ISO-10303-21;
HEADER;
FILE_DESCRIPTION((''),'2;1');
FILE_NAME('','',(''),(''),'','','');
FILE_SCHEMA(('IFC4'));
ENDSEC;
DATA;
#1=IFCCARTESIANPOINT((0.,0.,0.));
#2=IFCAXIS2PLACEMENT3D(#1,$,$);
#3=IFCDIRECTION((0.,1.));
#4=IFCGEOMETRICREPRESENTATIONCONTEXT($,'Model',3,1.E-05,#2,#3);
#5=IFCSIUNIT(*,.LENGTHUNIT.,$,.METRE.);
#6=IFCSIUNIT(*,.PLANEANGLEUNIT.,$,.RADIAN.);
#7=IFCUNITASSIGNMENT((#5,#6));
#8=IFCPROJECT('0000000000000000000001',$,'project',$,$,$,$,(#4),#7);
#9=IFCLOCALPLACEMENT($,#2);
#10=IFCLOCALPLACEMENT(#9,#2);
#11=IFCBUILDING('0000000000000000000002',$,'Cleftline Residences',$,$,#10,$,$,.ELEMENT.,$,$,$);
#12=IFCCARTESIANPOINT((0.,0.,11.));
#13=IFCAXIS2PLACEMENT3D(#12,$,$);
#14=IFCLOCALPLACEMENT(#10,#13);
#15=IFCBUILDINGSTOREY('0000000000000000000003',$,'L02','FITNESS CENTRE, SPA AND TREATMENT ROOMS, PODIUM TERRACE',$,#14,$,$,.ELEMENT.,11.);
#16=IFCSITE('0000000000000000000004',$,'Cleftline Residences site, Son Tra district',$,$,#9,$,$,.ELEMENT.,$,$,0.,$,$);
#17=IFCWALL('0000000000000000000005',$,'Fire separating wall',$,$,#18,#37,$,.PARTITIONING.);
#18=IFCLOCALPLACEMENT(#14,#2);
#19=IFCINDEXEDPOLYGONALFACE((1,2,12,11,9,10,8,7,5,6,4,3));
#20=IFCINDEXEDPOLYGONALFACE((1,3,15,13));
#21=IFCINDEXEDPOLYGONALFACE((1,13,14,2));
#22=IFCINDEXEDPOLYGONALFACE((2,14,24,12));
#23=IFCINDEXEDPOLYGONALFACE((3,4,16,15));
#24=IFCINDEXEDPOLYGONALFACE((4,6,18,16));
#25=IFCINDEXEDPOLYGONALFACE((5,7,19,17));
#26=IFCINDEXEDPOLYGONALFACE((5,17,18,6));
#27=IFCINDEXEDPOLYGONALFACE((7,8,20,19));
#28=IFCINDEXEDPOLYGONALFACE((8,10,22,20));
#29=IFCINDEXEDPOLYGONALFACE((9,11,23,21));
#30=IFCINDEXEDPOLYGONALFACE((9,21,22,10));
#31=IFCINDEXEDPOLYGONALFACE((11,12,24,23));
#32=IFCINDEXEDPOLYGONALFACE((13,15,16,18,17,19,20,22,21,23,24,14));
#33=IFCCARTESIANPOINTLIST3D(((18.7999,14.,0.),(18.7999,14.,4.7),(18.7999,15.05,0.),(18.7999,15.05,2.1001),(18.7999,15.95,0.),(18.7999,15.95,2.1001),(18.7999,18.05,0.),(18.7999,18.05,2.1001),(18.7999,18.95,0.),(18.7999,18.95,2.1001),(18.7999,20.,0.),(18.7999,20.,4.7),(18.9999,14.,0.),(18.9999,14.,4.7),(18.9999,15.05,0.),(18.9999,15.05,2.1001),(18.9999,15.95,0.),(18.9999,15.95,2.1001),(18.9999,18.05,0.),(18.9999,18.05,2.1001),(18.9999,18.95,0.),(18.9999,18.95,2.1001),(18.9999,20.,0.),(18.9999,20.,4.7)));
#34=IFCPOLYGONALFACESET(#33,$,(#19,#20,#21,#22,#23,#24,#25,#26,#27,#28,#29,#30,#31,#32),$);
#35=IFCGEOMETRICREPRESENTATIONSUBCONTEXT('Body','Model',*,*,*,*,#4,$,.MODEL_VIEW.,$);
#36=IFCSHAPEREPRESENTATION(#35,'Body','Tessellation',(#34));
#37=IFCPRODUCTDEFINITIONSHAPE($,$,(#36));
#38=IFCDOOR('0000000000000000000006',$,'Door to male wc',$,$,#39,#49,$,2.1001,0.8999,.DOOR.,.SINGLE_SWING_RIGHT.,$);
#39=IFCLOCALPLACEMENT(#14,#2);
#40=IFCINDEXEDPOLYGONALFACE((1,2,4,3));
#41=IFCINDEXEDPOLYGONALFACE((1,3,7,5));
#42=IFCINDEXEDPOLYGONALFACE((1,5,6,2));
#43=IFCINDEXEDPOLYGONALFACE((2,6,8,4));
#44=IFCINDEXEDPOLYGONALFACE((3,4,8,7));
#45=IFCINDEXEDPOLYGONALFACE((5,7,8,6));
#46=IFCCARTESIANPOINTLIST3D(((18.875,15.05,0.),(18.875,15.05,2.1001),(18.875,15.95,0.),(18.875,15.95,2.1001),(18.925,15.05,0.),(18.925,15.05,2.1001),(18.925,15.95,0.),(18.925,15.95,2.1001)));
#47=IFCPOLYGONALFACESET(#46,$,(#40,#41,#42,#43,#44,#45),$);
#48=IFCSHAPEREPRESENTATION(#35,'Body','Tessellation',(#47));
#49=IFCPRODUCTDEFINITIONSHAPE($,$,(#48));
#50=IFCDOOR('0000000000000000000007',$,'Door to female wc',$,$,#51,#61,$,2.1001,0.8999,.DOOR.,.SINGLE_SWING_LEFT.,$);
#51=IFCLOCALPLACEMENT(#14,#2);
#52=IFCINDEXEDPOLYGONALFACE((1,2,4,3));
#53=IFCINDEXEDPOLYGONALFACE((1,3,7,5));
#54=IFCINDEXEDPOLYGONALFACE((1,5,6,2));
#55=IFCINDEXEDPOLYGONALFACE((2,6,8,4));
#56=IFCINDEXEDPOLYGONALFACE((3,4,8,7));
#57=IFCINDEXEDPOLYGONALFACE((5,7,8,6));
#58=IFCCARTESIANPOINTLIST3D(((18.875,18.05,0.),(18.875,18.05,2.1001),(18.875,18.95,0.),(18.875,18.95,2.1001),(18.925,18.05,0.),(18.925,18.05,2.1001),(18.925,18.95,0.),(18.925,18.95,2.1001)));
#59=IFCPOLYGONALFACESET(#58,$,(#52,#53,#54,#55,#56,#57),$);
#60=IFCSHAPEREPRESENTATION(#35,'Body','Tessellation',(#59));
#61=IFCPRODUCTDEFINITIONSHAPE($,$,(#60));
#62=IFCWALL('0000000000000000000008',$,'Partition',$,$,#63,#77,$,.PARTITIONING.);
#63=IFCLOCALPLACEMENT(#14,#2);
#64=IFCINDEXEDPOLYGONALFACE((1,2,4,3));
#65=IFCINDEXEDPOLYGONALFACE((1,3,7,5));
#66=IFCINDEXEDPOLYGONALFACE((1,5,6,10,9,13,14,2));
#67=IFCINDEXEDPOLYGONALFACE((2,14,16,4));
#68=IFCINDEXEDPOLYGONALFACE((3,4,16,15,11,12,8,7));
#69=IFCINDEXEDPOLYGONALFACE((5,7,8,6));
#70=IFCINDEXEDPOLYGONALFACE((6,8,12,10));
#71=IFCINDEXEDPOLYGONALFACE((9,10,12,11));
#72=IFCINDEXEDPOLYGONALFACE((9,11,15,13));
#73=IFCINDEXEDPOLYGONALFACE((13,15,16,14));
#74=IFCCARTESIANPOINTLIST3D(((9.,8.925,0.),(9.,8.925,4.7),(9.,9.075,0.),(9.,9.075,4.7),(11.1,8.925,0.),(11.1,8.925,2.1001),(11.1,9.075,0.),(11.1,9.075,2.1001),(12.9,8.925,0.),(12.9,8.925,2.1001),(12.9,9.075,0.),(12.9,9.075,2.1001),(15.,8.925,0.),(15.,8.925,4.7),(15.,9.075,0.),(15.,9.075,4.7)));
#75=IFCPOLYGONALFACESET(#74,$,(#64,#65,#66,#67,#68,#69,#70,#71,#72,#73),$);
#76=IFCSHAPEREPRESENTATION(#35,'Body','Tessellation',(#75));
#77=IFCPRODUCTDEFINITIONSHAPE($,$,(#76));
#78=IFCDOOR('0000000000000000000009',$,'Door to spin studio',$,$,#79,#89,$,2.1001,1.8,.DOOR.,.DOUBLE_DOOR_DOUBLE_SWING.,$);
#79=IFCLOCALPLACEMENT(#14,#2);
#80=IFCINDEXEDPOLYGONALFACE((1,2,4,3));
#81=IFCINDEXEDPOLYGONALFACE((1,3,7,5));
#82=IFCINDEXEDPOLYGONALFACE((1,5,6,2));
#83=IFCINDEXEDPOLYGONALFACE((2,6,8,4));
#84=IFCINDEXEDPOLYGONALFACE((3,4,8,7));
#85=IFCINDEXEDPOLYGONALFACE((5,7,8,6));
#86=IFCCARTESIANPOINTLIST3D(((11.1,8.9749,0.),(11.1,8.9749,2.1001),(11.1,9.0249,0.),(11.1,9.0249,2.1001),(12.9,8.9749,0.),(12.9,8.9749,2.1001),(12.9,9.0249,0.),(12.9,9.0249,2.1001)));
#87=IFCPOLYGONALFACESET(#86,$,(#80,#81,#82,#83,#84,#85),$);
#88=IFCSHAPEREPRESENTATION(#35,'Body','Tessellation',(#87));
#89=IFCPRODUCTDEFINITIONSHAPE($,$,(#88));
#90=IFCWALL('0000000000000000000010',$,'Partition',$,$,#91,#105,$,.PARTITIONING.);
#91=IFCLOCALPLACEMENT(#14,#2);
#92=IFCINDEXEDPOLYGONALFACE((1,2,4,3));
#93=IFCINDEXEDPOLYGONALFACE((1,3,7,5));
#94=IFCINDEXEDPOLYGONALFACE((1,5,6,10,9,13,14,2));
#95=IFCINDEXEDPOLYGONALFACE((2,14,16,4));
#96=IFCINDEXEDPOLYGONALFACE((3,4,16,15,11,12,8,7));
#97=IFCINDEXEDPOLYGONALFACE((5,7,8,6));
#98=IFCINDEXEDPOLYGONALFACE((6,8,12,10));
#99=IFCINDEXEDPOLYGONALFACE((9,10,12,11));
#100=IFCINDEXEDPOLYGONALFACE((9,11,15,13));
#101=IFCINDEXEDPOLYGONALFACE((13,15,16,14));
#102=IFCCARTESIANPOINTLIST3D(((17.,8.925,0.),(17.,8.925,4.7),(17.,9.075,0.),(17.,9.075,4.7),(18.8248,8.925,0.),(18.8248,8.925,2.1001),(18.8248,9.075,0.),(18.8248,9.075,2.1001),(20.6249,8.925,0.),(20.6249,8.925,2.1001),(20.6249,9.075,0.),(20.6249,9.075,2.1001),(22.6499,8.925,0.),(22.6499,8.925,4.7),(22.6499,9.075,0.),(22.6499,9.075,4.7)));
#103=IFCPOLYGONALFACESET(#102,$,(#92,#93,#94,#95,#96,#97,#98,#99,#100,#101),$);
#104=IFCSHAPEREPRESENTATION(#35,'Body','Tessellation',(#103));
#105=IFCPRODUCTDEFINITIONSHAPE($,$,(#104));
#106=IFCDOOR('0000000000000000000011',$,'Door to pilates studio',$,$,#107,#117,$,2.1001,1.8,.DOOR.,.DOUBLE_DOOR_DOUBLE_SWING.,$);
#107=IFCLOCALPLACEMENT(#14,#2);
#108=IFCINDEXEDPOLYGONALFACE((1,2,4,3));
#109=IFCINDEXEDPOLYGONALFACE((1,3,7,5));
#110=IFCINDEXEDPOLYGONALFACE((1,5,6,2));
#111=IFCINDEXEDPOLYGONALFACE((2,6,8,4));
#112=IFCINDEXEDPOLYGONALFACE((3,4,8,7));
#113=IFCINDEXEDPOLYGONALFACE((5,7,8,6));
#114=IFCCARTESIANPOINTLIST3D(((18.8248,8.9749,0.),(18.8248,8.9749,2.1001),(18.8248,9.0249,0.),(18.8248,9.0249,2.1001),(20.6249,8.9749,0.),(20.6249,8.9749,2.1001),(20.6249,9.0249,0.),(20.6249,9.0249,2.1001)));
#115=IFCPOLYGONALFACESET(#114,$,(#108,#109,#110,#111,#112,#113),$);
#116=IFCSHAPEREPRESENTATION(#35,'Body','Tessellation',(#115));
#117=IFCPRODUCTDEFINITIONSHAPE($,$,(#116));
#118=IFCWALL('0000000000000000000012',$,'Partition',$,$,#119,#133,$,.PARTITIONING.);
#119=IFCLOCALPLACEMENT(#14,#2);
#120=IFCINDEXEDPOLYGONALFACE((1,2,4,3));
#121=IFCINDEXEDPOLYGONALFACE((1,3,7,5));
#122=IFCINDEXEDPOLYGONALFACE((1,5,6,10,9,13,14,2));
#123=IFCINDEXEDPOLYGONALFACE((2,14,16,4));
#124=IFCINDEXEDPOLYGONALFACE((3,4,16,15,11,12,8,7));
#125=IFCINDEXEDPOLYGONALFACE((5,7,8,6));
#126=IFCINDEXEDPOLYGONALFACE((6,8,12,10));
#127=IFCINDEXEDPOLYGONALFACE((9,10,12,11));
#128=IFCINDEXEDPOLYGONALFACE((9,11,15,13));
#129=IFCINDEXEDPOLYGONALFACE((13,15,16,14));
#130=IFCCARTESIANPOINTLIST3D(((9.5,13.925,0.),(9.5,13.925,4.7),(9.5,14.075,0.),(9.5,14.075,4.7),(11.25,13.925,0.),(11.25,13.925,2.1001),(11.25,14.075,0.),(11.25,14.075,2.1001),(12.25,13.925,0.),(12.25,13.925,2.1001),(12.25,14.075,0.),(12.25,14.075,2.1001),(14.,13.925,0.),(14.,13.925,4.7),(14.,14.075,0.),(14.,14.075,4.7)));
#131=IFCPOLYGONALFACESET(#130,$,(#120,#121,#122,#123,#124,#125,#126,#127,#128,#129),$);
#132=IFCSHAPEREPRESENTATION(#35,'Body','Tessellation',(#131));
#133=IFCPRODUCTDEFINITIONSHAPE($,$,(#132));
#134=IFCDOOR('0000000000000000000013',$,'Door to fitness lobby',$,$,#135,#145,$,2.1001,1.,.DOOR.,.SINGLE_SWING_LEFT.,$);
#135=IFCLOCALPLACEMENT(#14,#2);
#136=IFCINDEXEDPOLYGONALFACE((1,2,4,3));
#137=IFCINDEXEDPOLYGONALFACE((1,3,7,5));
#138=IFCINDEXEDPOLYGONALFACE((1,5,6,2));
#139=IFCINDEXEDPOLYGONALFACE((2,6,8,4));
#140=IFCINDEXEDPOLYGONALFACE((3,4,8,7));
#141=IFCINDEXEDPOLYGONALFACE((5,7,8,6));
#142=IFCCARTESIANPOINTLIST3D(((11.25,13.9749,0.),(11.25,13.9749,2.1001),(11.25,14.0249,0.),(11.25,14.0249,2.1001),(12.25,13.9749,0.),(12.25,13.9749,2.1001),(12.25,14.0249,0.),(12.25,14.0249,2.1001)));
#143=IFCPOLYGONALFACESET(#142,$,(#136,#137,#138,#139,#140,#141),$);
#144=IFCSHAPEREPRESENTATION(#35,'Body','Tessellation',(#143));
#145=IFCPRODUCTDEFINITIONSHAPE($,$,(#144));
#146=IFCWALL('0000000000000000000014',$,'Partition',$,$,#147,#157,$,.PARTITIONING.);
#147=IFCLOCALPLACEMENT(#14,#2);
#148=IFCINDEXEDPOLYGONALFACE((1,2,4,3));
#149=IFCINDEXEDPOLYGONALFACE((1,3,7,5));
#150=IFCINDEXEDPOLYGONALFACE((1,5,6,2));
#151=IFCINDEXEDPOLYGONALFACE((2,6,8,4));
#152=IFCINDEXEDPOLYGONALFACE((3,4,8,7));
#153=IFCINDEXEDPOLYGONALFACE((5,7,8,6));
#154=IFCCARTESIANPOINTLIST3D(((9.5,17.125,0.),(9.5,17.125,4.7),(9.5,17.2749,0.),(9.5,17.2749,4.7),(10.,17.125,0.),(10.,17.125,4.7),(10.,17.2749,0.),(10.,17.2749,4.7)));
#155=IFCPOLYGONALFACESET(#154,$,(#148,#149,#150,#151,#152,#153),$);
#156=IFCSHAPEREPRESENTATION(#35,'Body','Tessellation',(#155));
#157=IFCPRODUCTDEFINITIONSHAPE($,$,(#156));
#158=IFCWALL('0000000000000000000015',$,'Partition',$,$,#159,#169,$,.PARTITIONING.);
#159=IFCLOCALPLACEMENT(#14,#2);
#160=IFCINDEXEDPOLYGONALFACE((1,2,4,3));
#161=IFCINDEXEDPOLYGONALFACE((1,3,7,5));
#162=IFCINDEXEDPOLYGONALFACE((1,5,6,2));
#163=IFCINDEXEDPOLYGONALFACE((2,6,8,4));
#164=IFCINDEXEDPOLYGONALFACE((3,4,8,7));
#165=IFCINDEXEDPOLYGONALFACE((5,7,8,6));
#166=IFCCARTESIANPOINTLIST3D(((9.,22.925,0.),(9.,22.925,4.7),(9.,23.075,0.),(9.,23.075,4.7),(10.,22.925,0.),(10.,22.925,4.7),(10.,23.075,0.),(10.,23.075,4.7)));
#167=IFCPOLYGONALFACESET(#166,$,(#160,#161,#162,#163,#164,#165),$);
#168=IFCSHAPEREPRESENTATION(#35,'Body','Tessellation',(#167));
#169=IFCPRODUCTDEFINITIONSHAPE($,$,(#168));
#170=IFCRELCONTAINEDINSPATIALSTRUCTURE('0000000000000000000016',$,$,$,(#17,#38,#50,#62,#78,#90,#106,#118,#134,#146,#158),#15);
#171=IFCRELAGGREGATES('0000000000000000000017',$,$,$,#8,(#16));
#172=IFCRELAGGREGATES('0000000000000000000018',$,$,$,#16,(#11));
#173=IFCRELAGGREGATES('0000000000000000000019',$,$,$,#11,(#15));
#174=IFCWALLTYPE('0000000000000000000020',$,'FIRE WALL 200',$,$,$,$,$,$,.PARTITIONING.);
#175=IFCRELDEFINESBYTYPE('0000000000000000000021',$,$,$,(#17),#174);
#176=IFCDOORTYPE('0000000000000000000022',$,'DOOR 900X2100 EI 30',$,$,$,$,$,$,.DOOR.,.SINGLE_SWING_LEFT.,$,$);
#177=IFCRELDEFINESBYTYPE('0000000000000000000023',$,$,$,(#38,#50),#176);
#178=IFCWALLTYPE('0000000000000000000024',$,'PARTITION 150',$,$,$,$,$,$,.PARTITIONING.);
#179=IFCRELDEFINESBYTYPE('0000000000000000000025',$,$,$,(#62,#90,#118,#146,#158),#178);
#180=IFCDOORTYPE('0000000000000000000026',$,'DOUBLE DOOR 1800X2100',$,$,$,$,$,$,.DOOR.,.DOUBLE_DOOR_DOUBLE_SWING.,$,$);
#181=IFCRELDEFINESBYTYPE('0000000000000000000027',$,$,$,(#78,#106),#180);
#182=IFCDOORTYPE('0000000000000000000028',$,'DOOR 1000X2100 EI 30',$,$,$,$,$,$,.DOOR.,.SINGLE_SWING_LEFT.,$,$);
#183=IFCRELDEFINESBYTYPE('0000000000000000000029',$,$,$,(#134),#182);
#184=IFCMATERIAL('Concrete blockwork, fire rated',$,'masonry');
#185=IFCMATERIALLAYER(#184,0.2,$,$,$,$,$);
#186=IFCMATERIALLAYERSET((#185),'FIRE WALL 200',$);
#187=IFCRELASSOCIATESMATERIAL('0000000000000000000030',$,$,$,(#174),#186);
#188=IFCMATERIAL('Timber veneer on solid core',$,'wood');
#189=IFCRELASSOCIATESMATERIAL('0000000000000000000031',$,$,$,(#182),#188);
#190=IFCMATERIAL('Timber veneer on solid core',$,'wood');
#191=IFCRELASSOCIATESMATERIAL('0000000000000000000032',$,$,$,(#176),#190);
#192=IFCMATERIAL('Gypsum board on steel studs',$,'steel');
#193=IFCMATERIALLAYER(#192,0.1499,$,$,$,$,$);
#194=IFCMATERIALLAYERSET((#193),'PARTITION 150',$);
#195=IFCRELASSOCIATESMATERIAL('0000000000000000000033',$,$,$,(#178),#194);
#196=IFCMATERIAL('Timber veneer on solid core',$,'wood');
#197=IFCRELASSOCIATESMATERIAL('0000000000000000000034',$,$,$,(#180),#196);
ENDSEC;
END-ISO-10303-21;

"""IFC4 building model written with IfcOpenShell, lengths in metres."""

from ifc_helpers import new_model, si_unit, direction, frame, frame_2d, origin, place, context, subcontext, project, spatial, rectangle, extrude, material, layer, layer_set, type_object, element, fill, save


model = new_model("IFC4")

# Units and contexts
model_context = context("Model", 3, precision=1e-05, world=origin(), true_north=direction((0.0, 1.0)))
body_context = subcontext(model_context, "Body", "Model", "MODEL_VIEW")
ifc_project = project(units=[si_unit("LENGTHUNIT", "METRE"), si_unit("PLANEANGLEUNIT", "RADIAN")], contexts=[model_context])

# Site, building, storey
site_placement = place(None, origin())
site = spatial("IfcSite", under=ifc_project, at=site_placement, Name="Cleftline Residences site, Son Tra district", CompositionType="ELEMENT", RefElevation=0.0)
building_placement = place(site_placement, origin())
building = spatial("IfcBuilding", under=site, at=building_placement, Name="Cleftline Residences", CompositionType="ELEMENT")
storey_placement = place(building_placement, frame((0.0, 0.0, 11.0)))
storey = spatial("IfcBuildingStorey", under=building, at=storey_placement, Name="L02", Description="FITNESS CENTRE, SPA AND TREATMENT ROOMS, PODIUM TERRACE", CompositionType="ELEMENT", Elevation=11.0)

# Shared definitions
ifc_material_1 = material(Name="Concrete blockwork, fire rated", Category="masonry")
ifc_layer_1 = layer(ifc_material_1, 0.2)
ifc_layer_set_1 = layer_set([ifc_layer_1], Name="FIRE WALL 200")
wall_type_1 = type_object("IfcWallType", Name="FIRE WALL 200", PredefinedType="PARTITIONING", material=ifc_layer_set_1)

# Shared definitions
ifc_material_2 = material(Name="Timber veneer on solid core", Category="wood")
door_type_1 = type_object("IfcDoorType", Name="DOOR 1000X2100 EI 30", OperationType="SINGLE_SWING_LEFT", PredefinedType="DOOR", material=ifc_material_2)

# Wall, openings, doors
wall_1_placement = place(storey_placement, frame((18.8999, 14.0, 0.0), z_axis=(0.0, 0.0, 1.0), x_axis=(0.0, 1.0, 0.0)))
wall_1 = element("IfcWall", 1, at=wall_1_placement, inside=storey, type_object=wall_type_1, Name="Fire separating wall", PredefinedType="PARTITIONING", context=body_context, shape_type="SweptSolid", body=[
    extrude(rectangle(XDim=6.0, YDim=0.2, at=frame_2d((3.0, 0.0))), origin(), (0.0, 0.0, 1.0), 4.7),
])
opening_1_placement = place(wall_1_placement, frame((1.05, 0.0, 0.0)))
opening_1 = element("IfcOpeningElement", 2, at=opening_1_placement, cuts=wall_1, PredefinedType="OPENING", context=body_context, shape_type="SweptSolid", body=[
    extrude(rectangle(XDim=0.8999, YDim=2.1001, at=frame_2d((0.45, 1.05))), frame((0.0, 0.1099, 0.0), z_axis=(0.0, -1.0, 0.0), x_axis=(1.0, 0.0, 0.0)), (0.0, 0.0, 1.0), 0.22),
])
opening_2_placement = place(wall_1_placement, frame((4.05, 0.0, 0.0)))
opening_2 = element("IfcOpeningElement", 3, at=opening_2_placement, cuts=wall_1, PredefinedType="OPENING", context=body_context, shape_type="SweptSolid", body=[
    extrude(rectangle(XDim=0.8999, YDim=2.1001, at=frame_2d((0.45, 1.05))), frame((0.0, 0.1099, 0.0), z_axis=(0.0, -1.0, 0.0), x_axis=(1.0, 0.0, 0.0)), (0.0, 0.0, 1.0), 0.22),
])
ifc_material_3 = material(Name="Timber veneer on solid core", Category="wood")
door_type_2 = type_object("IfcDoorType", Name="DOOR 900X2100 EI 30", OperationType="SINGLE_SWING_LEFT", PredefinedType="DOOR", material=ifc_material_3)
door_1_placement = place(opening_1_placement, origin())
door_1 = element("IfcDoor", 4, at=door_1_placement, inside=storey, type_object=door_type_2, Name="Door to male wc", OperationType="SINGLE_SWING_RIGHT", OverallHeight=2.1001, OverallWidth=0.8999, PredefinedType="DOOR", context=body_context, shape_type="SweptSolid", body=[
    extrude(rectangle(XDim=0.8999, YDim=2.1001, at=frame_2d((0.45, 1.05))), frame((0.0, 0.0249, 0.0), z_axis=(0.0, -1.0, 0.0), x_axis=(1.0, 0.0, 0.0)), (0.0, 0.0, 1.0), 0.05),
])
fill(opening_1, door_1)
door_2_placement = place(opening_2_placement, origin())
door_2 = element("IfcDoor", 5, at=door_2_placement, inside=storey, type_object=door_type_2, Name="Door to female wc", OperationType="SINGLE_SWING_LEFT", OverallHeight=2.1001, OverallWidth=0.8999, PredefinedType="DOOR", context=body_context, shape_type="SweptSolid", body=[
    extrude(rectangle(XDim=0.8999, YDim=2.1001, at=frame_2d((0.45, 1.05))), frame((0.0, 0.0249, 0.0), z_axis=(0.0, -1.0, 0.0), x_axis=(1.0, 0.0, 0.0)), (0.0, 0.0, 1.0), 0.05),
])
fill(opening_2, door_2)

# Walls, openings, doors
ifc_material_4 = material(Name="Gypsum board on steel studs", Category="steel")
ifc_layer_2 = layer(ifc_material_4, 0.1499)
ifc_layer_set_2 = layer_set([ifc_layer_2], Name="PARTITION 150")
wall_type_2 = type_object("IfcWallType", Name="PARTITION 150", PredefinedType="PARTITIONING", material=ifc_layer_set_2)
wall_2_placement = place(storey_placement, frame((9.0, 9.0, 0.0), z_axis=(0.0, 0.0, 1.0), x_axis=(1.0, 0.0, 0.0)))
wall_2 = element("IfcWall", 6, at=wall_2_placement, inside=storey, type_object=wall_type_2, Name="Partition", PredefinedType="PARTITIONING", context=body_context, shape_type="SweptSolid", body=[
    extrude(rectangle(XDim=6.0, YDim=0.1499, at=frame_2d((3.0, 0.0))), origin(), (0.0, 0.0, 1.0), 4.7),
])
opening_3_placement = place(wall_2_placement, frame((2.1001, 0.0, 0.0)))
opening_3 = element("IfcOpeningElement", 7, at=opening_3_placement, cuts=wall_2, PredefinedType="OPENING", context=body_context, shape_type="SweptSolid", body=[
    extrude(rectangle(XDim=1.8, YDim=2.1001, at=frame_2d((0.8999, 1.05))), frame((0.0, 0.085, 0.0), z_axis=(0.0, -1.0, 0.0), x_axis=(1.0, 0.0, 0.0)), (0.0, 0.0, 1.0), 0.1699),
])
ifc_material_5 = material(Name="Timber veneer on solid core", Category="wood")
door_type_3 = type_object("IfcDoorType", Name="DOUBLE DOOR 1800X2100", OperationType="DOUBLE_DOOR_DOUBLE_SWING", PredefinedType="DOOR", material=ifc_material_5)
door_3_placement = place(opening_3_placement, origin())
door_3 = element("IfcDoor", 8, at=door_3_placement, inside=storey, type_object=door_type_3, Name="Door to spin studio", OperationType="DOUBLE_DOOR_DOUBLE_SWING", OverallHeight=2.1001, OverallWidth=1.8, PredefinedType="DOOR", context=body_context, shape_type="SweptSolid", body=[
    extrude(rectangle(XDim=1.8, YDim=2.1001, at=frame_2d((0.8999, 1.05))), frame((0.0, 0.0249, 0.0), z_axis=(0.0, -1.0, 0.0), x_axis=(1.0, 0.0, 0.0)), (0.0, 0.0, 1.0), 0.05),
])
fill(opening_3, door_3)
wall_3_placement = place(storey_placement, frame((17.0, 9.0, 0.0), z_axis=(0.0, 0.0, 1.0), x_axis=(1.0, 0.0, 0.0)))
wall_3 = element("IfcWall", 9, at=wall_3_placement, inside=storey, type_object=wall_type_2, Name="Partition", PredefinedType="PARTITIONING", context=body_context, shape_type="SweptSolid", body=[
    extrude(rectangle(XDim=5.6499, YDim=0.1499, at=frame_2d((2.825, 0.0))), origin(), (0.0, 0.0, 1.0), 4.7),
])
opening_4_placement = place(wall_3_placement, frame((1.825, 0.0, 0.0)))
opening_4 = element("IfcOpeningElement", 10, at=opening_4_placement, cuts=wall_3, PredefinedType="OPENING", context=body_context, shape_type="SweptSolid", body=[
    extrude(rectangle(XDim=1.8, YDim=2.1001, at=frame_2d((0.8999, 1.05))), frame((0.0, 0.085, 0.0), z_axis=(0.0, -1.0, 0.0), x_axis=(1.0, 0.0, 0.0)), (0.0, 0.0, 1.0), 0.1699),
])
door_4_placement = place(opening_4_placement, origin())
door_4 = element("IfcDoor", 11, at=door_4_placement, inside=storey, type_object=door_type_3, Name="Door to pilates studio", OperationType="DOUBLE_DOOR_DOUBLE_SWING", OverallHeight=2.1001, OverallWidth=1.8, PredefinedType="DOOR", context=body_context, shape_type="SweptSolid", body=[
    extrude(rectangle(XDim=1.8, YDim=2.1001, at=frame_2d((0.8999, 1.05))), frame((0.0, 0.0249, 0.0), z_axis=(0.0, -1.0, 0.0), x_axis=(1.0, 0.0, 0.0)), (0.0, 0.0, 1.0), 0.05),
])
fill(opening_4, door_4)
wall_4_placement = place(storey_placement, frame((9.5, 14.0, 0.0), z_axis=(0.0, 0.0, 1.0), x_axis=(1.0, 0.0, 0.0)))
wall_4 = element("IfcWall", 12, at=wall_4_placement, inside=storey, type_object=wall_type_2, Name="Partition", PredefinedType="PARTITIONING", context=body_context, shape_type="SweptSolid", body=[
    extrude(rectangle(XDim=4.5, YDim=0.1499, at=frame_2d((2.25, 0.0))), origin(), (0.0, 0.0, 1.0), 4.7),
])
opening_5_placement = place(wall_4_placement, frame((1.75, 0.0, 0.0)))
opening_5 = element("IfcOpeningElement", 13, at=opening_5_placement, cuts=wall_4, PredefinedType="OPENING", context=body_context, shape_type="SweptSolid", body=[
    extrude(rectangle(XDim=1.0, YDim=2.1001, at=frame_2d((0.5, 1.05))), frame((0.0, 0.085, 0.0), z_axis=(0.0, -1.0, 0.0), x_axis=(1.0, 0.0, 0.0)), (0.0, 0.0, 1.0), 0.1699),
])
door_5_placement = place(opening_5_placement, origin())
door_5 = element("IfcDoor", 14, at=door_5_placement, inside=storey, type_object=door_type_1, Name="Door to fitness lobby", OperationType="SINGLE_SWING_LEFT", OverallHeight=2.1001, OverallWidth=1.0, PredefinedType="DOOR", context=body_context, shape_type="SweptSolid", body=[
    extrude(rectangle(XDim=1.0, YDim=2.1001, at=frame_2d((0.5, 1.05))), frame((0.0, 0.0249, 0.0), z_axis=(0.0, -1.0, 0.0), x_axis=(1.0, 0.0, 0.0)), (0.0, 0.0, 1.0), 0.05),
])
fill(opening_5, door_5)

# Walls
wall_5_placement = place(storey_placement, frame((9.5, 17.2, 0.0), z_axis=(0.0, 0.0, 1.0), x_axis=(1.0, 0.0, 0.0)))
element("IfcWall", 15, at=wall_5_placement, inside=storey, type_object=wall_type_2, Name="Partition", PredefinedType="PARTITIONING", context=body_context, shape_type="SweptSolid", body=[
    extrude(rectangle(XDim=0.5, YDim=0.1499, at=frame_2d((0.25, 0.0))), origin(), (0.0, 0.0, 1.0), 4.7),
])
wall_6_placement = place(storey_placement, frame((9.0, 23.0, 0.0), z_axis=(0.0, 0.0, 1.0), x_axis=(1.0, 0.0, 0.0)))
element("IfcWall", 16, at=wall_6_placement, inside=storey, type_object=wall_type_2, Name="Partition", PredefinedType="PARTITIONING", context=body_context, shape_type="SweptSolid", body=[
    extrude(rectangle(XDim=1.0, YDim=0.1499, at=frame_2d((0.5, 0.0))), origin(), (0.0, 0.0, 1.0), 4.7),
])

save(model, "model.ifc")
